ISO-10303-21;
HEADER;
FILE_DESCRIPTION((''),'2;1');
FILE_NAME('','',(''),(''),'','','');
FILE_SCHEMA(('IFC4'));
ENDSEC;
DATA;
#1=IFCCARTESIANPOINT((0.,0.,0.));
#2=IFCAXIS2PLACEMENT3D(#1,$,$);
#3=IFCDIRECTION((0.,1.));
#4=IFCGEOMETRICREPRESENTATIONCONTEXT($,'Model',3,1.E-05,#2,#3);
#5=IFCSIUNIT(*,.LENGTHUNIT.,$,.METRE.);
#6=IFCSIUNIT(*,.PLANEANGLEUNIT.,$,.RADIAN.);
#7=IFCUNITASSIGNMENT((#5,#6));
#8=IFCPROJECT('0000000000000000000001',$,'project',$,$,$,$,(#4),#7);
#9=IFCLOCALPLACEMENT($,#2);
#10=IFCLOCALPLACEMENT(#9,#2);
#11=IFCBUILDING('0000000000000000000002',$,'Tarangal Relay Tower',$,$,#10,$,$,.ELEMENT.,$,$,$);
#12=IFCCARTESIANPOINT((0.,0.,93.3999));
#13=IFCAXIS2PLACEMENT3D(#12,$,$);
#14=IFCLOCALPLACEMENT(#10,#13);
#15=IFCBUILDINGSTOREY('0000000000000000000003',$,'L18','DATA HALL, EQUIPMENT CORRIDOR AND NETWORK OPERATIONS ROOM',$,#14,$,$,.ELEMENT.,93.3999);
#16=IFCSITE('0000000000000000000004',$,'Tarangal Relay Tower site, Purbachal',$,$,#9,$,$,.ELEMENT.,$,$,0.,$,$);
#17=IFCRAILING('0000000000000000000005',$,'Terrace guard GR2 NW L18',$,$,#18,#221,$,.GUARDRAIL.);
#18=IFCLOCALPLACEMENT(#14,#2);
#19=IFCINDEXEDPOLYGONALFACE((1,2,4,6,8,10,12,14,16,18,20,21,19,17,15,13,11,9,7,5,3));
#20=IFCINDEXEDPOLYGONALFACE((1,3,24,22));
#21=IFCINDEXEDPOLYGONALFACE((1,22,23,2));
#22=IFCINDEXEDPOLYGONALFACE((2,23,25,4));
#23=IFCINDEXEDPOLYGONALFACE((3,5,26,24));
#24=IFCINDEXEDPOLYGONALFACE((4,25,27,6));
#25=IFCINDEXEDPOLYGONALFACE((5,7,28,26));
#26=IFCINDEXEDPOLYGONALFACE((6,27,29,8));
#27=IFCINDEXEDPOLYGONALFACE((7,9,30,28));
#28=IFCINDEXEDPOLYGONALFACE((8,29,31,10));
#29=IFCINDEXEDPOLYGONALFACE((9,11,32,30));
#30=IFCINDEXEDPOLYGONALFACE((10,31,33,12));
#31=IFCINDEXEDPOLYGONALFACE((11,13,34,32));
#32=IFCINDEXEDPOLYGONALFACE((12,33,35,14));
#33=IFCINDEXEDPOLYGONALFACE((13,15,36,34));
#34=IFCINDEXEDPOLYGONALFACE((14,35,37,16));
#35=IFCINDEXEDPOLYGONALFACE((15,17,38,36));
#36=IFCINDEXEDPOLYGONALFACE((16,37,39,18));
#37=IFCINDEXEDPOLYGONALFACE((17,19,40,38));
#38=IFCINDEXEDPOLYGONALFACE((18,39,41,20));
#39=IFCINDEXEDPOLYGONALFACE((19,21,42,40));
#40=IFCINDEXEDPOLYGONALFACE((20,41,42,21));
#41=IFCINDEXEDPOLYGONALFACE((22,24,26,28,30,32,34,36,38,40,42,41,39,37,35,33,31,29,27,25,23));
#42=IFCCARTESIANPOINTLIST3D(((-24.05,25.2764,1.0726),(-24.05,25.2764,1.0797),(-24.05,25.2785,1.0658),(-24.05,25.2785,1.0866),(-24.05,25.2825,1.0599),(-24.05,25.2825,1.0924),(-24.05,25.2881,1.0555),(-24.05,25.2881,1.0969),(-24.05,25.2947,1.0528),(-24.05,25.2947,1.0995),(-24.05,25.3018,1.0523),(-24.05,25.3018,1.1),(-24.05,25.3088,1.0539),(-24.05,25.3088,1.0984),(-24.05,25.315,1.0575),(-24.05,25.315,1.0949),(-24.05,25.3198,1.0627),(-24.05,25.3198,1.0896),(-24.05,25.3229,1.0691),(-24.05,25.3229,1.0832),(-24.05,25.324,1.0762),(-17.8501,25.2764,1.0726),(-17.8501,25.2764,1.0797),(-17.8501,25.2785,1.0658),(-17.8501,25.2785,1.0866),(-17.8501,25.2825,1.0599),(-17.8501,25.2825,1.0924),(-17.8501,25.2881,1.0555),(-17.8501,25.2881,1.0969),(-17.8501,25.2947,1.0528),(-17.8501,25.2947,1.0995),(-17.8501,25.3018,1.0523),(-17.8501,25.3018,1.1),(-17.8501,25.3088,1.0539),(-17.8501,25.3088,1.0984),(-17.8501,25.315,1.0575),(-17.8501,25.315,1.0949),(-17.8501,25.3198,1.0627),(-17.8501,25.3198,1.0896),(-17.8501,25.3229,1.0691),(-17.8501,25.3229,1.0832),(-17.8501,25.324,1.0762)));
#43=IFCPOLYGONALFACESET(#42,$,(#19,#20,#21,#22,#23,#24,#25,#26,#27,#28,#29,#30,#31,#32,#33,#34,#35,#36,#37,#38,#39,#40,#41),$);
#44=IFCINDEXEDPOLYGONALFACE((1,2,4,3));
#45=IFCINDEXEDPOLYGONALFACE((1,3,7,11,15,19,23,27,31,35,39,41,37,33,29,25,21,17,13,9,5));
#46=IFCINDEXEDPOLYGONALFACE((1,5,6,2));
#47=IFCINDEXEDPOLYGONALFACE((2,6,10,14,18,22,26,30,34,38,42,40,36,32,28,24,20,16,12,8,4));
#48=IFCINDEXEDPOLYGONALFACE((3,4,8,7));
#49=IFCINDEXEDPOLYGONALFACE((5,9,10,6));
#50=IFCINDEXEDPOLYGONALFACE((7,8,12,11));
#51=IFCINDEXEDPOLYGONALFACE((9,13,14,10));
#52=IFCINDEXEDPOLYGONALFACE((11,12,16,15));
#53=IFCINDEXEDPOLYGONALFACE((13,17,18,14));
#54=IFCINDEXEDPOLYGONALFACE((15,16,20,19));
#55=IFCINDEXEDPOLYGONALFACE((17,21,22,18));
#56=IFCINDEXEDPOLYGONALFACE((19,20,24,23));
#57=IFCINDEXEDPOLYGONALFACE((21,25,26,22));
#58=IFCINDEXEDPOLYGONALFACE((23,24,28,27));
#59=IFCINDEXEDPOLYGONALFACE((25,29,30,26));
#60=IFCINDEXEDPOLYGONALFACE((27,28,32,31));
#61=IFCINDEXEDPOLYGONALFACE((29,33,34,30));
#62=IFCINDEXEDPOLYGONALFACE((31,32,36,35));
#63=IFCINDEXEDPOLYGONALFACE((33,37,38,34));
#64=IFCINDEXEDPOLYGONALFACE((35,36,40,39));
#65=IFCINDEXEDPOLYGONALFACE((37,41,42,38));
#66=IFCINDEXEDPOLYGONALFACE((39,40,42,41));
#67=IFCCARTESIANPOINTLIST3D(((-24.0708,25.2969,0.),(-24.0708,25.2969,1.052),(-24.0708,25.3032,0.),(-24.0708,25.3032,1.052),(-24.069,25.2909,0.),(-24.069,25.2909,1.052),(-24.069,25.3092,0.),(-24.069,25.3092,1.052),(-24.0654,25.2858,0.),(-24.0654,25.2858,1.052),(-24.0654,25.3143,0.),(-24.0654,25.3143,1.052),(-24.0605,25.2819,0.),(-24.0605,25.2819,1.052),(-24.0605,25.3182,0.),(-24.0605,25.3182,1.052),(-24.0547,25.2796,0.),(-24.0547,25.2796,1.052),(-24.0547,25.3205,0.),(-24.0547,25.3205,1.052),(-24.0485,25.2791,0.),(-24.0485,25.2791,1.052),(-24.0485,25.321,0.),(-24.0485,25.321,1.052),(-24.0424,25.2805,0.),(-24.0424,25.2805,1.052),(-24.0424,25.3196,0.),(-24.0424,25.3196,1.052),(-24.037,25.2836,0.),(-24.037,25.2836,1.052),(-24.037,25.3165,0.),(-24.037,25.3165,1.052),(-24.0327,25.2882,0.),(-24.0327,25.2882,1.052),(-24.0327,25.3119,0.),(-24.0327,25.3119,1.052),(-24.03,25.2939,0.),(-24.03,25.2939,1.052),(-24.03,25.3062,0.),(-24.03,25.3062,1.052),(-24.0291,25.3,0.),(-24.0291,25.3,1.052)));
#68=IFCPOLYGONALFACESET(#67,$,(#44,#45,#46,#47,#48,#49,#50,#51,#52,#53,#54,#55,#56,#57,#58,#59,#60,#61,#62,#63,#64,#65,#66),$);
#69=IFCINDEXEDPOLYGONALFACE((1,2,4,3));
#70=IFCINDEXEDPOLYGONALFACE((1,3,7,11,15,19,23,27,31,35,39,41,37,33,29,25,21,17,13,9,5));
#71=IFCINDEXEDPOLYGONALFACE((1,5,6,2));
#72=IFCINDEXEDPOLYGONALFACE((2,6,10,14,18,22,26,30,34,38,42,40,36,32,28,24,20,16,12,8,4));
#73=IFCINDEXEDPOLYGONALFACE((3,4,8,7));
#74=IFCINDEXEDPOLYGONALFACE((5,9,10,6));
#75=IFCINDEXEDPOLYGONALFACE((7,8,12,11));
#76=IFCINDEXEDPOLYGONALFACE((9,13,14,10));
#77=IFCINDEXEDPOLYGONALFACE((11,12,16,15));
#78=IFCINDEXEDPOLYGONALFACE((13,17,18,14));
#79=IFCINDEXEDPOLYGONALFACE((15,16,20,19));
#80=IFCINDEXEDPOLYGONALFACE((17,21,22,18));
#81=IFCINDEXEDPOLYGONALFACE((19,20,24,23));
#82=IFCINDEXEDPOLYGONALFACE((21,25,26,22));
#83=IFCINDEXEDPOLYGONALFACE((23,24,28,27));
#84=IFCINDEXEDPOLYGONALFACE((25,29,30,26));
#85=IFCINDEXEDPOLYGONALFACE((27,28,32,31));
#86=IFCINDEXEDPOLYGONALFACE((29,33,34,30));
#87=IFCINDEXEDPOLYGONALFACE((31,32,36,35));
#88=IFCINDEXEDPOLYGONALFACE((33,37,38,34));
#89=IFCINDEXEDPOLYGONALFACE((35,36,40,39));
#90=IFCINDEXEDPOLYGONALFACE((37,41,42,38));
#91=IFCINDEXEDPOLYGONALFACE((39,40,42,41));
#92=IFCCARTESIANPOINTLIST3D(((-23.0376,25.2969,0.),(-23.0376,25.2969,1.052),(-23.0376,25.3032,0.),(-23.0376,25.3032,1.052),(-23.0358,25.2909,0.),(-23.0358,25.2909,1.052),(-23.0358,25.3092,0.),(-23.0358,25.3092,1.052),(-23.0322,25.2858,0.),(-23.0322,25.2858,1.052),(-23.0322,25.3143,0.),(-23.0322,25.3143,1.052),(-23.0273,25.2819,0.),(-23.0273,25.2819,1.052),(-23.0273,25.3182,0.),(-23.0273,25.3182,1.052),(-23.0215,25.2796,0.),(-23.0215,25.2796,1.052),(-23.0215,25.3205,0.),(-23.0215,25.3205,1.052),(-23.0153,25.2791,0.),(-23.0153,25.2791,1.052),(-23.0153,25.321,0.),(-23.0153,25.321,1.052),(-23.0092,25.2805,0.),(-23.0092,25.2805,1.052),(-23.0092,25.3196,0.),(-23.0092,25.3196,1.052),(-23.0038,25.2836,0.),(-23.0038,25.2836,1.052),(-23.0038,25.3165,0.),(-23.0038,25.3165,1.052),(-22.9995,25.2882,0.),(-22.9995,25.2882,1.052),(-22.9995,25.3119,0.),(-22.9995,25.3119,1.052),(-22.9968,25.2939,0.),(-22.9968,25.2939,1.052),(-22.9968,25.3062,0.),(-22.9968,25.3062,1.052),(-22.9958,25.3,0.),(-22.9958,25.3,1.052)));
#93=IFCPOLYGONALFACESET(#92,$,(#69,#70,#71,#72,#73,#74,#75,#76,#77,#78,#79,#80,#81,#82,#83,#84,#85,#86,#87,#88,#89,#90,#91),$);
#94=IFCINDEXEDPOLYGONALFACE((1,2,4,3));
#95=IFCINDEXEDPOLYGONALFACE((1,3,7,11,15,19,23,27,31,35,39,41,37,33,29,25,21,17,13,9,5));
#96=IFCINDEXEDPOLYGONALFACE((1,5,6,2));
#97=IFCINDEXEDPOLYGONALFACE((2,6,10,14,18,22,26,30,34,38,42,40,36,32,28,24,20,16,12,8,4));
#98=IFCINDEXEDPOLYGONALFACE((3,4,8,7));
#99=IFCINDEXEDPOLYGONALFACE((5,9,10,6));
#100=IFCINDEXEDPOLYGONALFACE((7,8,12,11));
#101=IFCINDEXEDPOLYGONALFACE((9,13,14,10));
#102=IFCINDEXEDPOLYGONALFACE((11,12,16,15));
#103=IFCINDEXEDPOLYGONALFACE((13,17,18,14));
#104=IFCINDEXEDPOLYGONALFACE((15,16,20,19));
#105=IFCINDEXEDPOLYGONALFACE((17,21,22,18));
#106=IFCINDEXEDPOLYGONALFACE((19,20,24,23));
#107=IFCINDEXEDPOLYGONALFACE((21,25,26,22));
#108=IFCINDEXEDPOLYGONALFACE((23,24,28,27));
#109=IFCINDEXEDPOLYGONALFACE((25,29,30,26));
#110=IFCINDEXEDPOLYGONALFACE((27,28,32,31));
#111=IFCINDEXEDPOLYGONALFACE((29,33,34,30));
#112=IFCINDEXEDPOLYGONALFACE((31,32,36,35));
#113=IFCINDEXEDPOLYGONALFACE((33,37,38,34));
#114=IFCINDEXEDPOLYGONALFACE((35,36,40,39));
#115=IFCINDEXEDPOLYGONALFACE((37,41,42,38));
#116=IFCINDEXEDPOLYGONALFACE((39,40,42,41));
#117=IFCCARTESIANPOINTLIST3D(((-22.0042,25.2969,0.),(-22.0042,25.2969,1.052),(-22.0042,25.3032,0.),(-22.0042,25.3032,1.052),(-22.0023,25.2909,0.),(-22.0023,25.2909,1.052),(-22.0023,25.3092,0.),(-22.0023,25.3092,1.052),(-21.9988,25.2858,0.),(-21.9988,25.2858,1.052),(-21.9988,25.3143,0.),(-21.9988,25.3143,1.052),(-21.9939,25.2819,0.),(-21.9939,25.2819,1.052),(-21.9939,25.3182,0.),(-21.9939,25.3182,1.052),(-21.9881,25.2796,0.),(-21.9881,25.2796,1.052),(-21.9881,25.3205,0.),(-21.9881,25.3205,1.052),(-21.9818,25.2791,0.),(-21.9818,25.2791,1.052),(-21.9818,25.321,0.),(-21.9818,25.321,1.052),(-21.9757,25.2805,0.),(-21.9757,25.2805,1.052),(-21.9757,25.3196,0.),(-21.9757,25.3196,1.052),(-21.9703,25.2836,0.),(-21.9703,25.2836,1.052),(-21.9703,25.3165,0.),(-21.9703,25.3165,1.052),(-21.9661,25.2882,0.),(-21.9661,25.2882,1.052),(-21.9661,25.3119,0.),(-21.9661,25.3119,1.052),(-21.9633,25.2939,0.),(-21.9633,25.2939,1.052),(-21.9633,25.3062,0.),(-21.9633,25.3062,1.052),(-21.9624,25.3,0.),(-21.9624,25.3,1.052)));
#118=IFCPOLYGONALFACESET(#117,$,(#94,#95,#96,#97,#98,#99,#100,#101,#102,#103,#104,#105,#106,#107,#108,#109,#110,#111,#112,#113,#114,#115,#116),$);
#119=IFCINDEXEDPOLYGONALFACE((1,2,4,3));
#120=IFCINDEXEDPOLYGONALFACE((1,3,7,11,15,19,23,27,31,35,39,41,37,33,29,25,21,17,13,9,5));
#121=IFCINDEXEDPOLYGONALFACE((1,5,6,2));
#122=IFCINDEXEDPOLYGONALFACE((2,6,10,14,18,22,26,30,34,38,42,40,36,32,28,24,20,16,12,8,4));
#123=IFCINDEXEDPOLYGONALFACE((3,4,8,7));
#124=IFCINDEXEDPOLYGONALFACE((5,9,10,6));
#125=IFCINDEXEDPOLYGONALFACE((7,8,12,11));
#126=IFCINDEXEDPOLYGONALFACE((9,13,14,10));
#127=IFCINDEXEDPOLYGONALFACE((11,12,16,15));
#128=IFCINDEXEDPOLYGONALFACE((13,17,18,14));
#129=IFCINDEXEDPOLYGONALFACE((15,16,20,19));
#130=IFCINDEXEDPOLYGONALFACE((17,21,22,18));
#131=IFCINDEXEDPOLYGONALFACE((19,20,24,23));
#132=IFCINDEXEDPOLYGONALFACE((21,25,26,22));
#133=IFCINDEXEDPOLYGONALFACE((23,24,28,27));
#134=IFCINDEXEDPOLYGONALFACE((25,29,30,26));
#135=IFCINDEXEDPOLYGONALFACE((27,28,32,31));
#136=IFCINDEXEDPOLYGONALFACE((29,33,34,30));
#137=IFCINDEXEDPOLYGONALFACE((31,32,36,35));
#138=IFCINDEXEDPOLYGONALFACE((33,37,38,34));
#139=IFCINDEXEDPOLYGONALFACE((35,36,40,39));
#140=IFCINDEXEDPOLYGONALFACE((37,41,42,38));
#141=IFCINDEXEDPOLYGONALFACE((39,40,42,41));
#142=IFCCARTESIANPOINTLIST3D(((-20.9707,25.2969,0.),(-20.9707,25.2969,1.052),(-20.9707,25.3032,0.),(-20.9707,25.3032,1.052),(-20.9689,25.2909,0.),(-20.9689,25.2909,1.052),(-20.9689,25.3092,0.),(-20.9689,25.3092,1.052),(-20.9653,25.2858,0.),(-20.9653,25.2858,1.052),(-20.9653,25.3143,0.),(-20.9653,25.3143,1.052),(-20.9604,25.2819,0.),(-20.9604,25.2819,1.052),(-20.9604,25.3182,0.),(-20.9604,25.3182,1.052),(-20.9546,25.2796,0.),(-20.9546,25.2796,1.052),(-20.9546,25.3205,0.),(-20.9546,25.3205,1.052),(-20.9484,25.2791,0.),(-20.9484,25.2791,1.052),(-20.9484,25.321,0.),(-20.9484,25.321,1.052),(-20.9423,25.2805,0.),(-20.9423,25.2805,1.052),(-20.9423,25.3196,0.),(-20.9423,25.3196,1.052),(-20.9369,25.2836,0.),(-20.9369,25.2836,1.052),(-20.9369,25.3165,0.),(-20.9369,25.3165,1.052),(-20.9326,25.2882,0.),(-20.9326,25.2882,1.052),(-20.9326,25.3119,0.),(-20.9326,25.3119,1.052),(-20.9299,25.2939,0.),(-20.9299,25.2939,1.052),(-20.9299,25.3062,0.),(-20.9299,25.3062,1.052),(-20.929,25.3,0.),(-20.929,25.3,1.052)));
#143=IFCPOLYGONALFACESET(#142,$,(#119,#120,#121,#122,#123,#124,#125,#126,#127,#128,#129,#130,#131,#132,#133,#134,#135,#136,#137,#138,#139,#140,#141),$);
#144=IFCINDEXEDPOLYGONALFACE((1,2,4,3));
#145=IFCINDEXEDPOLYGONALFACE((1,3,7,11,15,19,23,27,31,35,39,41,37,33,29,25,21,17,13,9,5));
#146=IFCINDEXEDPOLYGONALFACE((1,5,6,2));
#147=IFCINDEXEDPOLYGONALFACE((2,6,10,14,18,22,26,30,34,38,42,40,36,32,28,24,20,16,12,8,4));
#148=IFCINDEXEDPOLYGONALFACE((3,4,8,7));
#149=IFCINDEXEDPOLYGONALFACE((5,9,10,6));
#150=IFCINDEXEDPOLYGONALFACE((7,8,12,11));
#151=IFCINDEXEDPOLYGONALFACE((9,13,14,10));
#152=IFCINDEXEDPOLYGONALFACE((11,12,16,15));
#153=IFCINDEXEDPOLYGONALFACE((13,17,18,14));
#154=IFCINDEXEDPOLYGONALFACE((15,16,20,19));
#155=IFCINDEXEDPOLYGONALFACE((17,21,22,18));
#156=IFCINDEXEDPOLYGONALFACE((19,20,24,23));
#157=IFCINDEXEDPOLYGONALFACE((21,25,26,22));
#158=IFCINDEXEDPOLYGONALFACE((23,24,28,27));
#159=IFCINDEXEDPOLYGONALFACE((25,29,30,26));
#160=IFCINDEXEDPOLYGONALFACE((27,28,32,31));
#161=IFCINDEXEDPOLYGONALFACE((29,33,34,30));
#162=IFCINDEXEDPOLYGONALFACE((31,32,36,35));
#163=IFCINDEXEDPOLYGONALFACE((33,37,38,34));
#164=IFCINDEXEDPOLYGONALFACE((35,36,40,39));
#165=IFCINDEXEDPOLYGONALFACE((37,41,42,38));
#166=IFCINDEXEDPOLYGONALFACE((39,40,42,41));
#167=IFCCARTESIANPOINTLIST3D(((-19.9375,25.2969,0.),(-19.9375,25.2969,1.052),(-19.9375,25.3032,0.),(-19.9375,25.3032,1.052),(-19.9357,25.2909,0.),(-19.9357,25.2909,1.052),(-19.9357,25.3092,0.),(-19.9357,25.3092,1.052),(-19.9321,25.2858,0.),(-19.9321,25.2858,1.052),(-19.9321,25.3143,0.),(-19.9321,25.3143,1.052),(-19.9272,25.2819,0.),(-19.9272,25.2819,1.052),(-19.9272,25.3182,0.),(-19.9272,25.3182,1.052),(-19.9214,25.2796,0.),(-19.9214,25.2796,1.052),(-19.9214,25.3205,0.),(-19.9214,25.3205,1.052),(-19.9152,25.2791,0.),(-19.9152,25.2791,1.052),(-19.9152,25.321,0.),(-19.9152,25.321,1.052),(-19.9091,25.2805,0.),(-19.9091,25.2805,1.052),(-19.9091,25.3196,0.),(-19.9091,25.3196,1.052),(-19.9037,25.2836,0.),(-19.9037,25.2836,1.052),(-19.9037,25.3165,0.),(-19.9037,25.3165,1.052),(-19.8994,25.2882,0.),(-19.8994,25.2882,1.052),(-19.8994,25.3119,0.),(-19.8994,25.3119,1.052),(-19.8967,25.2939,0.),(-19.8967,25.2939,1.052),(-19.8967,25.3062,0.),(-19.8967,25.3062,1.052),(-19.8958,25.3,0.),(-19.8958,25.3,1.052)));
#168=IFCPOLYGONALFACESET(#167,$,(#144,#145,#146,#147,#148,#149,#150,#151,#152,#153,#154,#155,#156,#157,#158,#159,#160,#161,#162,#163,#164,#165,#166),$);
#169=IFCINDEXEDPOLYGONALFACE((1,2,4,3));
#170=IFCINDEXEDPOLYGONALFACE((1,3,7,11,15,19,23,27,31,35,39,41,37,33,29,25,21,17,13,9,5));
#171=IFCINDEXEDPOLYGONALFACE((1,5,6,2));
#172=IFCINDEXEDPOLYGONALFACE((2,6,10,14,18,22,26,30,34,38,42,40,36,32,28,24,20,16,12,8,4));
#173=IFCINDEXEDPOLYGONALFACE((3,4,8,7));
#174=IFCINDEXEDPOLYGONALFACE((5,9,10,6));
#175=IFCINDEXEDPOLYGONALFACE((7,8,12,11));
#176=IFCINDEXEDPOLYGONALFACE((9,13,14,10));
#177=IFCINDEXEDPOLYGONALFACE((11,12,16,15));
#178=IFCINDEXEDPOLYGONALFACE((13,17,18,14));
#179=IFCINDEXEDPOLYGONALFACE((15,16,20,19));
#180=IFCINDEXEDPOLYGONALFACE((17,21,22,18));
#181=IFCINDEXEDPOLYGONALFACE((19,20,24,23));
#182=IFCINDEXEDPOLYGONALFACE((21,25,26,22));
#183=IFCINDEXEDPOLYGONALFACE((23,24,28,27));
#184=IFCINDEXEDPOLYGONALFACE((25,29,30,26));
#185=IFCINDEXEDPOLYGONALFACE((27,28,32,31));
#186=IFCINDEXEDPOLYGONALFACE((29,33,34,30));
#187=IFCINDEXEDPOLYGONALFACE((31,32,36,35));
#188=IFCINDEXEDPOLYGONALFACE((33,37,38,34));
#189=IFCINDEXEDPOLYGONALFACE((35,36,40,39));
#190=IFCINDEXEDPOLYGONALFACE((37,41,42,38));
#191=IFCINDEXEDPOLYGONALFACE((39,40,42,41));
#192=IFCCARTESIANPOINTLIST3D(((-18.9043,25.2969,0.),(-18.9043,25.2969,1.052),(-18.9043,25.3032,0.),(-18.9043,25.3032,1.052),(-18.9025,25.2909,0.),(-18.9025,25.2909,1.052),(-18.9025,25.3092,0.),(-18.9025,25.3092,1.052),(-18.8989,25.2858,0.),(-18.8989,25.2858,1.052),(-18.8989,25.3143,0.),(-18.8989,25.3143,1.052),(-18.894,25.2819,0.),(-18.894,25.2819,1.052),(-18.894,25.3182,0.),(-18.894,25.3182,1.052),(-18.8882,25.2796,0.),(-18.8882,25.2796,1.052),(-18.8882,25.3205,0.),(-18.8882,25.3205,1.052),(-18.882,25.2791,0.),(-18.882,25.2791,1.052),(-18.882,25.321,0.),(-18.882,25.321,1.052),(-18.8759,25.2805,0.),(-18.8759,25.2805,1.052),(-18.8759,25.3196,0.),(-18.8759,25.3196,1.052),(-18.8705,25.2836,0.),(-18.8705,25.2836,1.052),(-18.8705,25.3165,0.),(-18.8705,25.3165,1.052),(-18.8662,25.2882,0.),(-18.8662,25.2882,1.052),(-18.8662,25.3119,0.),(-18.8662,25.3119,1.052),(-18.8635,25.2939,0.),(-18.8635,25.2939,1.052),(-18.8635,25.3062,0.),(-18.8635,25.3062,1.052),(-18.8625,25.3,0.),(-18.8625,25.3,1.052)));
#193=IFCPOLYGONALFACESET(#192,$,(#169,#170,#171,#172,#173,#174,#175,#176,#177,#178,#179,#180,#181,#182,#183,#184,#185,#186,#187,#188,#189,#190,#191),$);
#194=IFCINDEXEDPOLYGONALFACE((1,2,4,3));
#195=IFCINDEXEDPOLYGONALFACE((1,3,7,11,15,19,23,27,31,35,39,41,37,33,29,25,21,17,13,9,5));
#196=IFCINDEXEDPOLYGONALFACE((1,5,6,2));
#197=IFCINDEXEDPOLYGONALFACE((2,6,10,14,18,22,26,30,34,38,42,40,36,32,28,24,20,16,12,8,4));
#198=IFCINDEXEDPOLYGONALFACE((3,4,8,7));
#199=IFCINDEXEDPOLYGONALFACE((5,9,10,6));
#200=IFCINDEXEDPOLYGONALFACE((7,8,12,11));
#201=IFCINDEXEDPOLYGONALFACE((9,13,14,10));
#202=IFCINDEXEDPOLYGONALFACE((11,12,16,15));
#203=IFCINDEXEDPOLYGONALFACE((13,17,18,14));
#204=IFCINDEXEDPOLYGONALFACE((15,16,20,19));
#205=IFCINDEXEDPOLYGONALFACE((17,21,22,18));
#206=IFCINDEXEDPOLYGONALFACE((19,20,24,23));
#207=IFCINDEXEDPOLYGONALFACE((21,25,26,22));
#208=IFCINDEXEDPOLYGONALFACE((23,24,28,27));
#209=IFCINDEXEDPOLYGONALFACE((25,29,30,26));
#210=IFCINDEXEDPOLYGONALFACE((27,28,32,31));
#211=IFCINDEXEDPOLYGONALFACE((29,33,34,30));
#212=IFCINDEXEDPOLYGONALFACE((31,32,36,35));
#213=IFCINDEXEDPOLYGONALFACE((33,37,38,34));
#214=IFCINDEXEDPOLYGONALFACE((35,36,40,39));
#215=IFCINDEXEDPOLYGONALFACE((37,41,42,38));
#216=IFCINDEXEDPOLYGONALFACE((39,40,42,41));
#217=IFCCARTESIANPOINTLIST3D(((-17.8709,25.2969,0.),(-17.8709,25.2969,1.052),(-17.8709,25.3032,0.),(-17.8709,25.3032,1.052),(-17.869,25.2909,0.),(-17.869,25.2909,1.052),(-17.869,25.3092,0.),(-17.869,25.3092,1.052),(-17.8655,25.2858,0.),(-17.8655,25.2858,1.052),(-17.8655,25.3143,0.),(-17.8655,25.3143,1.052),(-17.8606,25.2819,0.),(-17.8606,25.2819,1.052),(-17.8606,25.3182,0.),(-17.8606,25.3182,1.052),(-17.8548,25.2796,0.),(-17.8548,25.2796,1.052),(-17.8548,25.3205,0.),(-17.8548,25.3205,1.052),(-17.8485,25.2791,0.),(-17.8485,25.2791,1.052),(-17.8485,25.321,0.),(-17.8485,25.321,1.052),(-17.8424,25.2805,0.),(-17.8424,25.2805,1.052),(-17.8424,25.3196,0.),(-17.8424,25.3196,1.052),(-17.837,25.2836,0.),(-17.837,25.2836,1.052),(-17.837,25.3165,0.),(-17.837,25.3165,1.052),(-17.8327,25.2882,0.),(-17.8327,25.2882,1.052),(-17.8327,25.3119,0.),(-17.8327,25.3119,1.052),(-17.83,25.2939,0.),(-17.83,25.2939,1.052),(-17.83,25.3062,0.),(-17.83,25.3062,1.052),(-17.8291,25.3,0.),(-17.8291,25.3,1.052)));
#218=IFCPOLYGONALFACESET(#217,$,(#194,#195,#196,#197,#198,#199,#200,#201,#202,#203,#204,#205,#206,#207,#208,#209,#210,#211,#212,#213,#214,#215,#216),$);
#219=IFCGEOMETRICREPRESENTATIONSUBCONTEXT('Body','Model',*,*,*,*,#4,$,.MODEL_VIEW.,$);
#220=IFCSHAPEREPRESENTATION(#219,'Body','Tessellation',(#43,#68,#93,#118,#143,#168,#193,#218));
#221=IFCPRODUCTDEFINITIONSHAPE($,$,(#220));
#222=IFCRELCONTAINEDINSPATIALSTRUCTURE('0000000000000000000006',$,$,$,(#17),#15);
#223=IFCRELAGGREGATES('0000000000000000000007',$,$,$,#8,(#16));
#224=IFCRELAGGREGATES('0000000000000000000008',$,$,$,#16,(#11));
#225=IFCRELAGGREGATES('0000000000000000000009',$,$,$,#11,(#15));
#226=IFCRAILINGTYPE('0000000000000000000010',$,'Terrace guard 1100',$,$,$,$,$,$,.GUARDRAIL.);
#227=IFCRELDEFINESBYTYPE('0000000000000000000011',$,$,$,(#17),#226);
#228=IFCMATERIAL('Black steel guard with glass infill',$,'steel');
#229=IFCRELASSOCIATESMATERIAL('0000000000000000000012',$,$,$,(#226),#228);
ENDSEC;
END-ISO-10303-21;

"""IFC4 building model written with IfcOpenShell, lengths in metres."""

from ifc_helpers import new_model, si_unit, direction, frame, origin, origin_2d, place, context, subcontext, project, spatial, circle, extrude, material, type_object, element, save


model = new_model("IFC4")

# Units and contexts
model_context = context("Model", 3, precision=1e-05, world=origin(), true_north=direction((0.0, 1.0)))
body_context = subcontext(model_context, "Body", "Model", "MODEL_VIEW")
ifc_project = project(units=[si_unit("LENGTHUNIT", "METRE"), si_unit("PLANEANGLEUNIT", "RADIAN")], contexts=[model_context])

# Site, building, storey
site_placement = place(None, origin())
site = spatial("IfcSite", under=ifc_project, at=site_placement, Name="Tarangal Relay Tower site, Purbachal", CompositionType="ELEMENT", RefElevation=0.0)
building_placement = place(site_placement, origin())
building = spatial("IfcBuilding", under=site, at=building_placement, Name="Tarangal Relay Tower", CompositionType="ELEMENT")
storey_placement = place(building_placement, frame((0.0, 0.0, 93.3999)))
storey = spatial("IfcBuildingStorey", under=building, at=storey_placement, Name="L18", Description="DATA HALL, EQUIPMENT CORRIDOR AND NETWORK OPERATIONS ROOM", CompositionType="ELEMENT", Elevation=93.3999)

# Railing
ifc_material_1 = material(Name="Black steel guard with glass infill", Category="steel")
railing_type = type_object("IfcRailingType", Name="Terrace guard 1100", PredefinedType="GUARDRAIL", material=ifc_material_1)
railing_1_placement = place(storey_placement, frame((-24.05, 25.3, 0.0)))
element("IfcRailing", 1, at=railing_1_placement, inside=storey, type_object=railing_type, Name="Terrace guard GR2 NW L18", PredefinedType="GUARDRAIL", context=body_context, shape_type="SweptSolid", body=[
    extrude(circle(Radius=0.0239, at=origin_2d()), frame((0.0, 0.0, 1.0762), z_axis=(1.0, 0.0, 0.0), x_axis=(0.0, 1.0, 0.0)), (0.0, 0.0, 1.0), 6.2),
    extrude(circle(Radius=0.021, at=origin_2d()), origin(), (0.0, 0.0, 1.0), 1.052),
    extrude(circle(Radius=0.021, at=origin_2d()), frame((1.0332, 0.0, 0.0)), (0.0, 0.0, 1.0), 1.052),
    extrude(circle(Radius=0.021, at=origin_2d()), frame((2.0667, 0.0, 0.0)), (0.0, 0.0, 1.0), 1.052),
    extrude(circle(Radius=0.021, at=origin_2d()), frame((3.1001, 0.0, 0.0)), (0.0, 0.0, 1.0), 1.052),
    extrude(circle(Radius=0.021, at=origin_2d()), frame((4.1333, 0.0, 0.0)), (0.0, 0.0, 1.0), 1.052),
    extrude(circle(Radius=0.021, at=origin_2d()), frame((5.1665, 0.0, 0.0)), (0.0, 0.0, 1.0), 1.052),
    extrude(circle(Radius=0.021, at=origin_2d()), frame((6.2, 0.0, 0.0)), (0.0, 0.0, 1.0), 1.052),
])

save(model, "model.ifc")
